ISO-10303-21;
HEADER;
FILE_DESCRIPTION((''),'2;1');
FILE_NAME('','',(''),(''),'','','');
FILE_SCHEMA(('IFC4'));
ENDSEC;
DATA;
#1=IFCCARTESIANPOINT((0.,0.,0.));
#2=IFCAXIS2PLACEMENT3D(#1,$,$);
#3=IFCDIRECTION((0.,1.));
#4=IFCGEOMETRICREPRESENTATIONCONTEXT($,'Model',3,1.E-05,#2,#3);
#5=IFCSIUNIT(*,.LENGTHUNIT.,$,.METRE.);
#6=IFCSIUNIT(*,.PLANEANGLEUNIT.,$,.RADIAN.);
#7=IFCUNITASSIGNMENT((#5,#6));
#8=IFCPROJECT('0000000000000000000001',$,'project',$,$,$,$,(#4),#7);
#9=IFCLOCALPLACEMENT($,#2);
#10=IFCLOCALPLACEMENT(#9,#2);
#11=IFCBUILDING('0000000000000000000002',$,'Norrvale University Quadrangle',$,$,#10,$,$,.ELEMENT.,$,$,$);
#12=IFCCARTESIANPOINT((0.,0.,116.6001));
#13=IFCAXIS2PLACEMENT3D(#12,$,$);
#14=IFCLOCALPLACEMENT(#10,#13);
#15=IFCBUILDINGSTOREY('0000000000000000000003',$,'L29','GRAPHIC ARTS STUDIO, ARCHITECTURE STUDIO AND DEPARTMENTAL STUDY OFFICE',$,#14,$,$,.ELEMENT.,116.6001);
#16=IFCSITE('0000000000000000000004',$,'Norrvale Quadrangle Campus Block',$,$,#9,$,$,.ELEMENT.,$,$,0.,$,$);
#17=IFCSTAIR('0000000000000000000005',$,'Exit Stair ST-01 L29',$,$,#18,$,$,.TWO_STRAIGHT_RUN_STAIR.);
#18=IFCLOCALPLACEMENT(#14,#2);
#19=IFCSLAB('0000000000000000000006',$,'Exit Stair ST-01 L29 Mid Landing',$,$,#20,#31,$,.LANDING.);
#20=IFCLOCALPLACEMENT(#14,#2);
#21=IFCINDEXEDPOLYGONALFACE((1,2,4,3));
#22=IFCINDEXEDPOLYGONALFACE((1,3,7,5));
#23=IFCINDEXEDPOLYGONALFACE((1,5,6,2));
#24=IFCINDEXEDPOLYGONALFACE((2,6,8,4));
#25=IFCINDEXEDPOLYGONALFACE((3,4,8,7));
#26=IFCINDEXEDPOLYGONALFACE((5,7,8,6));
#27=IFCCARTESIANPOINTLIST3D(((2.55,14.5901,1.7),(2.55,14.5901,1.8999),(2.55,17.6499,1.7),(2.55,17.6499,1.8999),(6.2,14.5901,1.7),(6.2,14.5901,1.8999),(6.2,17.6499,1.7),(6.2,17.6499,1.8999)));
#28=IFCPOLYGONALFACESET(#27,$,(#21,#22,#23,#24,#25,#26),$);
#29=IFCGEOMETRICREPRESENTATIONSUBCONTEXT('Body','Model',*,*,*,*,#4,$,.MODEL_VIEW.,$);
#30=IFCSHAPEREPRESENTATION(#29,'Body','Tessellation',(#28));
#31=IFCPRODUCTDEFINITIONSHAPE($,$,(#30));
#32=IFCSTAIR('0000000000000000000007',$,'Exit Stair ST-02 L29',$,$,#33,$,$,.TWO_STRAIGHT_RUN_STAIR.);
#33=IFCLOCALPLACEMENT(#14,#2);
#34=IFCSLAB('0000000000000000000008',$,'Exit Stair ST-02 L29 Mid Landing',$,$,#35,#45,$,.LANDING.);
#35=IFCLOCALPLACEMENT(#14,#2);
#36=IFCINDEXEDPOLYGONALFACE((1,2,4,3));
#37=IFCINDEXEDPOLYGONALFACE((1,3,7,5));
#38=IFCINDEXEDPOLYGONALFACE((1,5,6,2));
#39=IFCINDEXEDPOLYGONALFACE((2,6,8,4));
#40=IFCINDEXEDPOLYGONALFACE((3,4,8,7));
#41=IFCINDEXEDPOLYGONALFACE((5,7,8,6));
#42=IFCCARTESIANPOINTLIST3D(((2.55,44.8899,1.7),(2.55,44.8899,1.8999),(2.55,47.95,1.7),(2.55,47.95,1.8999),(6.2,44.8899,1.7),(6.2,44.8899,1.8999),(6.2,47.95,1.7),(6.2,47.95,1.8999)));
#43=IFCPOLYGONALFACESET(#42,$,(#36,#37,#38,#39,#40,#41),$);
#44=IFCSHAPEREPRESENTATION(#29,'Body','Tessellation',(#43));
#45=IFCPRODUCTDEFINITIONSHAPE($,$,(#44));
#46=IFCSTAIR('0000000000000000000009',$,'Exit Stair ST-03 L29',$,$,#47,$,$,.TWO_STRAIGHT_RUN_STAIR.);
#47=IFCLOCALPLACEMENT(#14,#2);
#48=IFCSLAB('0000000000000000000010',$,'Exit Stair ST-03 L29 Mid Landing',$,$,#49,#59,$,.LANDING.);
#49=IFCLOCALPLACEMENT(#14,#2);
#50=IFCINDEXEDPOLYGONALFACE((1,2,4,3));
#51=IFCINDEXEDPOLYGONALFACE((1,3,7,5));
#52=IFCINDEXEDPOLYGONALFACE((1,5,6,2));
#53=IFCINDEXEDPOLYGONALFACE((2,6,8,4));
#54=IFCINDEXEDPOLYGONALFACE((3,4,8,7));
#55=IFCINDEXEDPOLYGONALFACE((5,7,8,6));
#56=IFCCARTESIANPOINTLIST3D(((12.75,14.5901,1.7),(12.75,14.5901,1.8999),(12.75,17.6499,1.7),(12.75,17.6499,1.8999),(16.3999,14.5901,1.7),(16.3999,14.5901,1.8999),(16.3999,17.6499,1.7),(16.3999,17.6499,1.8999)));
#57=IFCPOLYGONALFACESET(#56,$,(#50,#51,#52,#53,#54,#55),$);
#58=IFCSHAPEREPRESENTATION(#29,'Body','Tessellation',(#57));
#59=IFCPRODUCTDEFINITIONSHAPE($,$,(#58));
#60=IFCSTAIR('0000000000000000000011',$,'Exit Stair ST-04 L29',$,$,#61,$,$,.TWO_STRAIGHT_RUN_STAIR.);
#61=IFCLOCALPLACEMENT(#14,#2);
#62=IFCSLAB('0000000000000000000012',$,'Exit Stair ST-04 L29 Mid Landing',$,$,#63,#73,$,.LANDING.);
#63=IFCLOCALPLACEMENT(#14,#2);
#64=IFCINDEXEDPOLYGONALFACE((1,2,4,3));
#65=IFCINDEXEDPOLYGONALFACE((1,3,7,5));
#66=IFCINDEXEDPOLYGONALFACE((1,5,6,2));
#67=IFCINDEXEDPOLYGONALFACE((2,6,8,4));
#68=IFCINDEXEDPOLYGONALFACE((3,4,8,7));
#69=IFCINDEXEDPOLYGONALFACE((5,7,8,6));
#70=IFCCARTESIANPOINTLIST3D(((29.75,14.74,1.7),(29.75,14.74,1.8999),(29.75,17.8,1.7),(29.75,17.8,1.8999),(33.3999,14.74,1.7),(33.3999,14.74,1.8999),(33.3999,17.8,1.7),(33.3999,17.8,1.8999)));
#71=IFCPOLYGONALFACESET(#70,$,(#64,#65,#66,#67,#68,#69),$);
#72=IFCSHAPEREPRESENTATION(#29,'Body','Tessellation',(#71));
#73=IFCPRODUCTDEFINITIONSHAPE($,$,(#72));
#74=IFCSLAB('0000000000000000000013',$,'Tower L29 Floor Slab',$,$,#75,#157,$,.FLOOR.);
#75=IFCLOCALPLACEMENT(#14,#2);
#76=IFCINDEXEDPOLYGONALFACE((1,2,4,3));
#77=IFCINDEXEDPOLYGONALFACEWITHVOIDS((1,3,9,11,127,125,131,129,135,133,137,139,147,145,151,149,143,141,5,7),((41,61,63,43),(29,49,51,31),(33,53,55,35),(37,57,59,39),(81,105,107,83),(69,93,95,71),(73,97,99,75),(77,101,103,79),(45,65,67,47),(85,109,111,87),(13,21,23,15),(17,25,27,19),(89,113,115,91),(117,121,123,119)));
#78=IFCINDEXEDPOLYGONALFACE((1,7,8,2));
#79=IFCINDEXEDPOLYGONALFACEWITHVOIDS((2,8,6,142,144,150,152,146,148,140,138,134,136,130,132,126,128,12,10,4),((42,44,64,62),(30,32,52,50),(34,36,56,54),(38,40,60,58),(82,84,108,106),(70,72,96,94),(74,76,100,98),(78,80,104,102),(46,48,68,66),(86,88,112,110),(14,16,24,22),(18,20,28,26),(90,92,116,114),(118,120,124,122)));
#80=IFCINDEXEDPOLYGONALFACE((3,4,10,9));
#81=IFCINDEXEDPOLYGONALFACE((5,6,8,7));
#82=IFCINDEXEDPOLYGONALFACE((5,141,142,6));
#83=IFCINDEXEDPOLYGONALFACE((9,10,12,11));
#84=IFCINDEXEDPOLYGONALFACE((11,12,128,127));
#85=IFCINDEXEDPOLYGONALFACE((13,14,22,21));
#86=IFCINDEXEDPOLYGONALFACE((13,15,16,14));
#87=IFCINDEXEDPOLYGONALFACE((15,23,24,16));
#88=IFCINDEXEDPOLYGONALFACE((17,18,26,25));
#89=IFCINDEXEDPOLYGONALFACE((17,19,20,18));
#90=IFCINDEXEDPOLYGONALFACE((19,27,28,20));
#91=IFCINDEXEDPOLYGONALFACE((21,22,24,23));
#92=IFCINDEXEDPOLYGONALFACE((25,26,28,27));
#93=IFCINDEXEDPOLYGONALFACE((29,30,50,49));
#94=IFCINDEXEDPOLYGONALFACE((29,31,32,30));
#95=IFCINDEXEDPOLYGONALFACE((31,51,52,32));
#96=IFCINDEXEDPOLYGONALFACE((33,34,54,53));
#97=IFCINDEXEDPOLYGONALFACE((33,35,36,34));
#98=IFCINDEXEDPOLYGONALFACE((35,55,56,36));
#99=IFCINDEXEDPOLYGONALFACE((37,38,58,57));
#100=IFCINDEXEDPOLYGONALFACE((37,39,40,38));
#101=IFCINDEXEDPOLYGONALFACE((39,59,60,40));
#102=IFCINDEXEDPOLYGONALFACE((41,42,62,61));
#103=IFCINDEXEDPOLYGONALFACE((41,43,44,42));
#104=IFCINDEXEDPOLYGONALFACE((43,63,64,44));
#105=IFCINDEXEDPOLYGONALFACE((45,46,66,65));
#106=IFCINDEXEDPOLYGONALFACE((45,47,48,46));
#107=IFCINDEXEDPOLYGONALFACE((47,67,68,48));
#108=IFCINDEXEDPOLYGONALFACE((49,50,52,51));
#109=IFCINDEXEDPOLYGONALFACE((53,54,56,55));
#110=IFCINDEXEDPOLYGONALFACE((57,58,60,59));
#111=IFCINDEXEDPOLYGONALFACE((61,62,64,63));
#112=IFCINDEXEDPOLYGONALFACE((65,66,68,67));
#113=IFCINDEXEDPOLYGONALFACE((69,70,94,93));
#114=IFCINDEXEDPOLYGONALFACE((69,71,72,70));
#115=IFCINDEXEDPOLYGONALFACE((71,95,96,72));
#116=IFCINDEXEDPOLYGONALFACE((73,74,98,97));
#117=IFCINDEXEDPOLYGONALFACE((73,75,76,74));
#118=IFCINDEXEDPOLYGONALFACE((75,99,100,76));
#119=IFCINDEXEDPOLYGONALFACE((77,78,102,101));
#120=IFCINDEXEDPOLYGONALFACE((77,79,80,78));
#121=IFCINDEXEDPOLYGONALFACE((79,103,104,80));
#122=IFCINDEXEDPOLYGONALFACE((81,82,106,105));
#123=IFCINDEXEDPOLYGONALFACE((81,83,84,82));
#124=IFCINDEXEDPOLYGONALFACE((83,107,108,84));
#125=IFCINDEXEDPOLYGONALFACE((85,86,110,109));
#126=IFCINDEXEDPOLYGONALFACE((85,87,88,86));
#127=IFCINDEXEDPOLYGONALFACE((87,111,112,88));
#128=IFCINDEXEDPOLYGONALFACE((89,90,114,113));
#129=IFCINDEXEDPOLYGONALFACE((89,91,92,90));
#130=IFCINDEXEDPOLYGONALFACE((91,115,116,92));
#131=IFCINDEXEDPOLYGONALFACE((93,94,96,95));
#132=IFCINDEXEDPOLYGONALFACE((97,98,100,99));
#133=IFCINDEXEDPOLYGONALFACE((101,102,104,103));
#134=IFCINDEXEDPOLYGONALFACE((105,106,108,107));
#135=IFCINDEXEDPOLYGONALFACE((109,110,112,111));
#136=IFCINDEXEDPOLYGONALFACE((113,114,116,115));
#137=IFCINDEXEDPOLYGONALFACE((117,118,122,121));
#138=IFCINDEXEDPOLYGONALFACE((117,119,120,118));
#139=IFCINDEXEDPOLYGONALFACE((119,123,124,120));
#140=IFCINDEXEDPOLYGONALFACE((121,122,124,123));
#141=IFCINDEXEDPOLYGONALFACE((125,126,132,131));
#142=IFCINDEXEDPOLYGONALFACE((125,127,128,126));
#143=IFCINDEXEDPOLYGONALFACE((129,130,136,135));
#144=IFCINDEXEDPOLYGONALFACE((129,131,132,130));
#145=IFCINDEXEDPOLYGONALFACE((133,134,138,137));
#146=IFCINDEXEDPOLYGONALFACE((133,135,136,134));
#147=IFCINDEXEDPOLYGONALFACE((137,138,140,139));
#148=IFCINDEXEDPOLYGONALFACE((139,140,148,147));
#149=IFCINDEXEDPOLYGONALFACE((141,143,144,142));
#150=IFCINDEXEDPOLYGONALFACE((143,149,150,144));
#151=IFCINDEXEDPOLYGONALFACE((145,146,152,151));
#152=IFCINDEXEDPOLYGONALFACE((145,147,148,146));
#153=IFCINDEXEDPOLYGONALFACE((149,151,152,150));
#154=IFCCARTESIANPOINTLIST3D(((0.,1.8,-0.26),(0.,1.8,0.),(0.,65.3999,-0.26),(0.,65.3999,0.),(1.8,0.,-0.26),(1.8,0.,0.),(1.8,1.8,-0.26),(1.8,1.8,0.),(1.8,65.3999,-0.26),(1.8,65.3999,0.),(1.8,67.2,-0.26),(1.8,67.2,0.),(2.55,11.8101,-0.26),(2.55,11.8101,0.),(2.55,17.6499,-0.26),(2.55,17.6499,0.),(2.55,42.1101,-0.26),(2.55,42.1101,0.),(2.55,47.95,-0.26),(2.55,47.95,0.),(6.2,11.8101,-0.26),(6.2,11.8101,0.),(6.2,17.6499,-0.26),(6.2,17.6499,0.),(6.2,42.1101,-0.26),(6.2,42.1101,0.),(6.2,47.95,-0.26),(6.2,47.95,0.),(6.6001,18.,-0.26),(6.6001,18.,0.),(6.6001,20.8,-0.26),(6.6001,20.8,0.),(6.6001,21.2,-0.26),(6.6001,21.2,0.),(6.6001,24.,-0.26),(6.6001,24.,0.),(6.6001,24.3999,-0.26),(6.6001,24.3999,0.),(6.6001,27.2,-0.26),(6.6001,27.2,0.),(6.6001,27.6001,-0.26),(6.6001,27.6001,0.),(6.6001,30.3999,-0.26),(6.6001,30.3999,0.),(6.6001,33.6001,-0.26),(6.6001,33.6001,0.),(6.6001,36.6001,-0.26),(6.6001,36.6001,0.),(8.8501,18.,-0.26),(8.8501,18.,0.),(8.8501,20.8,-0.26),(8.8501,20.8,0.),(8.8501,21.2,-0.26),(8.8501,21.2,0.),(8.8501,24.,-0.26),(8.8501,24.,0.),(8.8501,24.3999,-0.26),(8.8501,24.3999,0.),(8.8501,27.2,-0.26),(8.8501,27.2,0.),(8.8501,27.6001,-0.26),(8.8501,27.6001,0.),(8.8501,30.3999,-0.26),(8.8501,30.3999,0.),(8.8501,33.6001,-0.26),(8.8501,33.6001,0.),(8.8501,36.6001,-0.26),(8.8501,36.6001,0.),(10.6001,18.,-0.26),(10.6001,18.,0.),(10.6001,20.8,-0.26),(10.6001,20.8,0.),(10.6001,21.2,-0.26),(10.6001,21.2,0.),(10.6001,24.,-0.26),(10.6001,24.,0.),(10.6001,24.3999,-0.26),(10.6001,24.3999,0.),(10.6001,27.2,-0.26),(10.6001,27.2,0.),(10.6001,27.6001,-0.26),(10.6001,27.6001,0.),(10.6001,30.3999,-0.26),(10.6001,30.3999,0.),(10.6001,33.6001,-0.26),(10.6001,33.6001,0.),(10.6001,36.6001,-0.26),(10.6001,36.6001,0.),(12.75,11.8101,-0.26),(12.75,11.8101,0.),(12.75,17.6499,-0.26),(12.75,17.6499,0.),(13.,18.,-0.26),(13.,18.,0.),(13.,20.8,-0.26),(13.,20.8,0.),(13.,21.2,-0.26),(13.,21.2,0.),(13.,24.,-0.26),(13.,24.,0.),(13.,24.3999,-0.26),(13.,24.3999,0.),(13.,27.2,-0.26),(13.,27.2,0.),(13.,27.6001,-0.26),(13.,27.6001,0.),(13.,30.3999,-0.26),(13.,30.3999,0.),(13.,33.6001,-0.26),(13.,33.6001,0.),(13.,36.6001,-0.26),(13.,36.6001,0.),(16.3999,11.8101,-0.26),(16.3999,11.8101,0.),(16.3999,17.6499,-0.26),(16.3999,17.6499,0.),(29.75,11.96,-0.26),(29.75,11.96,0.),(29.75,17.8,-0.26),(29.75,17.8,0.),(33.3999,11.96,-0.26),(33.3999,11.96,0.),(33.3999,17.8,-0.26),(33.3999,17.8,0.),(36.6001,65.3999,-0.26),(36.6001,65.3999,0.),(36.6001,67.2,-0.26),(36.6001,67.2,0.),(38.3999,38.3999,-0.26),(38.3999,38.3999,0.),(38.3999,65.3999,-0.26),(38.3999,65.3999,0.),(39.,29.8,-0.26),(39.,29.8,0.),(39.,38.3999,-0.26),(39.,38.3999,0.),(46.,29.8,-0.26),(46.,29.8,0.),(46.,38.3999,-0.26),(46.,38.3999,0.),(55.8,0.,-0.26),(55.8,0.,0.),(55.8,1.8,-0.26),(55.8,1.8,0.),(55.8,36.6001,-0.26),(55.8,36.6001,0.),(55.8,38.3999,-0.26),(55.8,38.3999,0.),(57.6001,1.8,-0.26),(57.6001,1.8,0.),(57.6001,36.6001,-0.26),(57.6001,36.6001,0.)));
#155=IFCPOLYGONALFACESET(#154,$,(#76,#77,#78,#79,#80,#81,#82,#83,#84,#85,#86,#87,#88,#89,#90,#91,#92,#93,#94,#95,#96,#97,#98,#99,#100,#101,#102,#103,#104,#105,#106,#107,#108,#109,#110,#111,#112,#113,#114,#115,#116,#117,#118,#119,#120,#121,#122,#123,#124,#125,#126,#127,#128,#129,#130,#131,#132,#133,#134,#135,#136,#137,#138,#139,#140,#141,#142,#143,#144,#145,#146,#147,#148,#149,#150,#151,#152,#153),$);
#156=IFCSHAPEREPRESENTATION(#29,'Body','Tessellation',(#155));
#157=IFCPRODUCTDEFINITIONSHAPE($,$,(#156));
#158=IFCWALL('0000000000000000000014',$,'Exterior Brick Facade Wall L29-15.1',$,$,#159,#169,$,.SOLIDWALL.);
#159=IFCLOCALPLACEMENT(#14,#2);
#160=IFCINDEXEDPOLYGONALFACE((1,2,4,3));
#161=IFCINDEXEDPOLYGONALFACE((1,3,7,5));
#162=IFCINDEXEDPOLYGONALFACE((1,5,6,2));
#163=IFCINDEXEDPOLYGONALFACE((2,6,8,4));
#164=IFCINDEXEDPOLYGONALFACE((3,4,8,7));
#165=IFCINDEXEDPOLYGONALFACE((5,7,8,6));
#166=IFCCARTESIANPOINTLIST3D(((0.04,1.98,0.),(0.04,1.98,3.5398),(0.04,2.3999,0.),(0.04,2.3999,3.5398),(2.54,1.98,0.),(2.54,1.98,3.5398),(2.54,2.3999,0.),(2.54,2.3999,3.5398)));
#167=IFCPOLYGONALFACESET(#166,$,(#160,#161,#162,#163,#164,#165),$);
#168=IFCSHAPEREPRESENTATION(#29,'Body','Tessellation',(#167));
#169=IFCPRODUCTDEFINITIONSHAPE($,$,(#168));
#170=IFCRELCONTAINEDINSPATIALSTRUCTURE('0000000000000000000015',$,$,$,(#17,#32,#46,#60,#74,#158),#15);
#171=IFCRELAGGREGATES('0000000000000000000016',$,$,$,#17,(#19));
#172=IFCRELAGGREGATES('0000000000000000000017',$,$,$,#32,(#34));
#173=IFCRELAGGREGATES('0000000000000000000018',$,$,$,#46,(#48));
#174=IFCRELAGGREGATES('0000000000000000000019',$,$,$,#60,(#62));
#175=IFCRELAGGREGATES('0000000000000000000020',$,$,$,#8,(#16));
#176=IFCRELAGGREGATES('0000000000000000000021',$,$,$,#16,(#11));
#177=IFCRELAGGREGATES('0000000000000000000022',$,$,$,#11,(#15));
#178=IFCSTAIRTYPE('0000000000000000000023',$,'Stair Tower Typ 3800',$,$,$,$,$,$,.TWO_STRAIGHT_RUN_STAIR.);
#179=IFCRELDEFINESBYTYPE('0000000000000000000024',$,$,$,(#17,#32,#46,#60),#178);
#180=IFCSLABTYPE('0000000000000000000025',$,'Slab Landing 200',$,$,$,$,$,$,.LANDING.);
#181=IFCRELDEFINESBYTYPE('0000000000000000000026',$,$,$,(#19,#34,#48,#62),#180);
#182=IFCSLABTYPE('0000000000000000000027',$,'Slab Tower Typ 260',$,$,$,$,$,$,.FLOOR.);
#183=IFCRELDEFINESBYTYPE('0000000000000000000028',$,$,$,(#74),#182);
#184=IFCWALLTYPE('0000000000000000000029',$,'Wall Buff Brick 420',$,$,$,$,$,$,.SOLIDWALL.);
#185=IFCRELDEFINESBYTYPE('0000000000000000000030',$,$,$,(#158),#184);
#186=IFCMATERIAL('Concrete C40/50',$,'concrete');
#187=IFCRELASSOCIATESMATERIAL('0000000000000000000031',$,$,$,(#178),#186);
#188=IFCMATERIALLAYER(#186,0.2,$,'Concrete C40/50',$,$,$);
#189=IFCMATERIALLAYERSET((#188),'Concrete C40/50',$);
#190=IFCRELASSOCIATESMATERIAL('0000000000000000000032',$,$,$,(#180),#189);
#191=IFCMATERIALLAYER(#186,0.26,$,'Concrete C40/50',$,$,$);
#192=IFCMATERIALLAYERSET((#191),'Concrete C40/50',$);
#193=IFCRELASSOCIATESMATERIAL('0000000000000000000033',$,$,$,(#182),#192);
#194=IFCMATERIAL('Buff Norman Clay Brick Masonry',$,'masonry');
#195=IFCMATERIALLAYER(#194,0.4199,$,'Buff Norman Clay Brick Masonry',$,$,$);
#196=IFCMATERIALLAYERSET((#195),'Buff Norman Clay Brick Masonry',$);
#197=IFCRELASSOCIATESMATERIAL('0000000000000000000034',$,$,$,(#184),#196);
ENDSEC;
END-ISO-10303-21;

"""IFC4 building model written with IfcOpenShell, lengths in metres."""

from ifc_helpers import new_model, si_unit, direction, frame, frame_2d, origin, place, context, subcontext, project, spatial, polyline, rectangle, outline, extrude, material, layer, layer_set, type_object, element, aggregate, save


model = new_model("IFC4")

# Units and contexts
model_context = context("Model", 3, precision=1e-05, world=origin(), true_north=direction((0.0, 1.0)))
body_context = subcontext(model_context, "Body", "Model", "MODEL_VIEW")
ifc_project = project(units=[si_unit("LENGTHUNIT", "METRE"), si_unit("PLANEANGLEUNIT", "RADIAN")], contexts=[model_context])

# Site, building, storey
site_placement = place(None, origin())
site = spatial("IfcSite", under=ifc_project, at=site_placement, Name="Norrvale Quadrangle Campus Block", CompositionType="ELEMENT", RefElevation=0.0)
building_placement = place(site_placement, origin())
building = spatial("IfcBuilding", under=site, at=building_placement, Name="Norrvale University Quadrangle", CompositionType="ELEMENT")
storey_placement = place(building_placement, frame((0.0, 0.0, 116.6001)))
storey = spatial("IfcBuildingStorey", under=building, at=storey_placement, Name="L29", Description="GRAPHIC ARTS STUDIO, ARCHITECTURE STUDIO AND DEPARTMENTAL STUDY OFFICE", CompositionType="ELEMENT", Elevation=116.6001)

# Stairs, slabs
ifc_material_1 = material(Name="Concrete C40/50", Category="concrete")
stair_type = type_object("IfcStairType", Name="Stair Tower Typ 3800", PredefinedType="TWO_STRAIGHT_RUN_STAIR", material=ifc_material_1)
stair_1_placement = place(storey_placement, origin())
stair_1 = element("IfcStair", 1, at=stair_1_placement, inside=storey, type_object=stair_type, Name="Exit Stair ST-01 L29", PredefinedType="TWO_STRAIGHT_RUN_STAIR")
ifc_layer_1 = layer(ifc_material_1, 0.2, Name="Concrete C40/50")
ifc_layer_set_1 = layer_set([ifc_layer_1], Name="Concrete C40/50")
slab_type_1 = type_object("IfcSlabType", Name="Slab Landing 200", PredefinedType="LANDING", material=ifc_layer_set_1)
slab_1_placement = place(storey_placement, frame((0.0, 0.0, 1.7)))
slab_1 = element("IfcSlab", 2, at=slab_1_placement, type_object=slab_type_1, Name="Exit Stair ST-01 L29 Mid Landing", PredefinedType="LANDING", context=body_context, shape_type="SweptSolid", body=[
    extrude(outline(polyline([(2.55, 14.5901), (6.2, 14.5901), (6.2, 17.6499), (2.55, 17.6499), (2.55, 14.5901)])), origin(), (0.0, 0.0, 1.0), 0.2),
])
aggregate(stair_1, [slab_1])
stair_2_placement = place(storey_placement, origin())
stair_2 = element("IfcStair", 3, at=stair_2_placement, inside=storey, type_object=stair_type, Name="Exit Stair ST-02 L29", PredefinedType="TWO_STRAIGHT_RUN_STAIR")
slab_2_placement = place(storey_placement, frame((0.0, 0.0, 1.7)))
slab_2 = element("IfcSlab", 4, at=slab_2_placement, type_object=slab_type_1, Name="Exit Stair ST-02 L29 Mid Landing", PredefinedType="LANDING", context=body_context, shape_type="SweptSolid", body=[
    extrude(outline(polyline([(2.55, 44.8899), (6.2, 44.8899), (6.2, 47.95), (2.55, 47.95), (2.55, 44.8899)])), origin(), (0.0, 0.0, 1.0), 0.2),
])
aggregate(stair_2, [slab_2])
stair_3_placement = place(storey_placement, origin())
stair_3 = element("IfcStair", 5, at=stair_3_placement, inside=storey, type_object=stair_type, Name="Exit Stair ST-03 L29", PredefinedType="TWO_STRAIGHT_RUN_STAIR")
slab_3_placement = place(storey_placement, frame((0.0, 0.0, 1.7)))
slab_3 = element("IfcSlab", 6, at=slab_3_placement, type_object=slab_type_1, Name="Exit Stair ST-03 L29 Mid Landing", PredefinedType="LANDING", context=body_context, shape_type="SweptSolid", body=[
    extrude(outline(polyline([(12.75, 14.5901), (16.3999, 14.5901), (16.3999, 17.6499), (12.75, 17.6499), (12.75, 14.5901)])), origin(), (0.0, 0.0, 1.0), 0.2),
])
aggregate(stair_3, [slab_3])
stair_4_placement = place(storey_placement, origin())
stair_4 = element("IfcStair", 7, at=stair_4_placement, inside=storey, type_object=stair_type, Name="Exit Stair ST-04 L29", PredefinedType="TWO_STRAIGHT_RUN_STAIR")
slab_4_placement = place(storey_placement, frame((0.0, 0.0, 1.7)))
slab_4 = element("IfcSlab", 8, at=slab_4_placement, type_object=slab_type_1, Name="Exit Stair ST-04 L29 Mid Landing", PredefinedType="LANDING", context=body_context, shape_type="SweptSolid", body=[
    extrude(outline(polyline([(29.75, 14.74), (33.3999, 14.74), (33.3999, 17.8), (29.75, 17.8), (29.75, 14.74)])), origin(), (0.0, 0.0, 1.0), 0.2),
])
aggregate(stair_4, [slab_4])

# Slab
ifc_layer_2 = layer(ifc_material_1, 0.26, Name="Concrete C40/50")
ifc_layer_set_2 = layer_set([ifc_layer_2], Name="Concrete C40/50")
slab_type_2 = type_object("IfcSlabType", Name="Slab Tower Typ 260", PredefinedType="FLOOR", material=ifc_layer_set_2)
slab_5_placement = place(storey_placement, frame((0.0, 0.0, -0.26)))
element("IfcSlab", 9, at=slab_5_placement, inside=storey, type_object=slab_type_2, Name="Tower L29 Floor Slab", PredefinedType="FLOOR", context=body_context, shape_type="SweptSolid", body=[
    extrude(outline(polyline([(55.8, 38.3999), (55.8, 36.6001), (57.6001, 36.6001), (57.6001, 1.8), (55.8, 1.8), (55.8, 0.0), (1.8, 0.0), (1.8, 1.8), (0.0, 1.8), (0.0, 65.3999), (1.8, 65.3999), (1.8, 67.2), (36.6001, 67.2), (36.6001, 65.3999), (38.3999, 65.3999), (38.3999, 38.3999), (39.0, 38.3999), (39.0, 29.8), (46.0, 29.8), (46.0, 38.3999), (55.8, 38.3999)]), holes=[polyline([(2.55, 11.8101), (6.2, 11.8101), (6.2, 17.6499), (2.55, 17.6499), (2.55, 11.8101)]), polyline([(2.55, 42.1101), (6.2, 42.1101), (6.2, 47.95), (2.55, 47.95), (2.55, 42.1101)]), polyline([(12.75, 11.8101), (16.3999, 11.8101), (16.3999, 17.6499), (12.75, 17.6499), (12.75, 11.8101)]), polyline([(29.75, 11.96), (33.3999, 11.96), (33.3999, 17.8), (29.75, 17.8), (29.75, 11.96)]), polyline([(6.6001, 18.0), (8.8501, 18.0), (8.8501, 20.8), (6.6001, 20.8), (6.6001, 18.0)]), polyline([(6.6001, 21.2), (8.8501, 21.2), (8.8501, 24.0), (6.6001, 24.0), (6.6001, 21.2)]), polyline([(6.6001, 24.3999), (8.8501, 24.3999), (8.8501, 27.2), (6.6001, 27.2), (6.6001, 24.3999)]), polyline([(6.6001, 27.6001), (8.8501, 27.6001), (8.8501, 30.3999), (6.6001, 30.3999), (6.6001, 27.6001)]), polyline([(10.6001, 18.0), (13.0, 18.0), (13.0, 20.8), (10.6001, 20.8), (10.6001, 18.0)]), polyline([(10.6001, 21.2), (13.0, 21.2), (13.0, 24.0), (10.6001, 24.0), (10.6001, 21.2)]), polyline([(10.6001, 24.3999), (13.0, 24.3999), (13.0, 27.2), (10.6001, 27.2), (10.6001, 24.3999)]), polyline([(10.6001, 27.6001), (13.0, 27.6001), (13.0, 30.3999), (10.6001, 30.3999), (10.6001, 27.6001)]), polyline([(6.6001, 33.6001), (8.8501, 33.6001), (8.8501, 36.6001), (6.6001, 36.6001), (6.6001, 33.6001)]), polyline([(10.6001, 33.6001), (13.0, 33.6001), (13.0, 36.6001), (10.6001, 36.6001), (10.6001, 33.6001)])]), origin(), (0.0, 0.0, 1.0), 0.26),
])

# Wall
ifc_material_2 = material(Name="Buff Norman Clay Brick Masonry", Category="masonry")
ifc_layer_3 = layer(ifc_material_2, 0.4199, Name="Buff Norman Clay Brick Masonry")
ifc_layer_set_3 = layer_set([ifc_layer_3], Name="Buff Norman Clay Brick Masonry")
wall_type_1 = type_object("IfcWallType", Name="Wall Buff Brick 420", PredefinedType="SOLIDWALL", material=ifc_layer_set_3)
wall_1_placement = place(storey_placement, frame((0.04, 2.1899, 0.0), z_axis=(0.0, 0.0, 1.0), x_axis=(1.0, 0.0, 0.0)))
element("IfcWall", 10, at=wall_1_placement, inside=storey, type_object=wall_type_1, Name="Exterior Brick Facade Wall L29-15.1", PredefinedType="SOLIDWALL", context=body_context, shape_type="SweptSolid", body=[
    extrude(rectangle(XDim=2.5, YDim=0.4199, at=frame_2d((1.25, 0.0))), origin(), (0.0, 0.0, 1.0), 3.5398),
])

save(model, "model.ifc")
